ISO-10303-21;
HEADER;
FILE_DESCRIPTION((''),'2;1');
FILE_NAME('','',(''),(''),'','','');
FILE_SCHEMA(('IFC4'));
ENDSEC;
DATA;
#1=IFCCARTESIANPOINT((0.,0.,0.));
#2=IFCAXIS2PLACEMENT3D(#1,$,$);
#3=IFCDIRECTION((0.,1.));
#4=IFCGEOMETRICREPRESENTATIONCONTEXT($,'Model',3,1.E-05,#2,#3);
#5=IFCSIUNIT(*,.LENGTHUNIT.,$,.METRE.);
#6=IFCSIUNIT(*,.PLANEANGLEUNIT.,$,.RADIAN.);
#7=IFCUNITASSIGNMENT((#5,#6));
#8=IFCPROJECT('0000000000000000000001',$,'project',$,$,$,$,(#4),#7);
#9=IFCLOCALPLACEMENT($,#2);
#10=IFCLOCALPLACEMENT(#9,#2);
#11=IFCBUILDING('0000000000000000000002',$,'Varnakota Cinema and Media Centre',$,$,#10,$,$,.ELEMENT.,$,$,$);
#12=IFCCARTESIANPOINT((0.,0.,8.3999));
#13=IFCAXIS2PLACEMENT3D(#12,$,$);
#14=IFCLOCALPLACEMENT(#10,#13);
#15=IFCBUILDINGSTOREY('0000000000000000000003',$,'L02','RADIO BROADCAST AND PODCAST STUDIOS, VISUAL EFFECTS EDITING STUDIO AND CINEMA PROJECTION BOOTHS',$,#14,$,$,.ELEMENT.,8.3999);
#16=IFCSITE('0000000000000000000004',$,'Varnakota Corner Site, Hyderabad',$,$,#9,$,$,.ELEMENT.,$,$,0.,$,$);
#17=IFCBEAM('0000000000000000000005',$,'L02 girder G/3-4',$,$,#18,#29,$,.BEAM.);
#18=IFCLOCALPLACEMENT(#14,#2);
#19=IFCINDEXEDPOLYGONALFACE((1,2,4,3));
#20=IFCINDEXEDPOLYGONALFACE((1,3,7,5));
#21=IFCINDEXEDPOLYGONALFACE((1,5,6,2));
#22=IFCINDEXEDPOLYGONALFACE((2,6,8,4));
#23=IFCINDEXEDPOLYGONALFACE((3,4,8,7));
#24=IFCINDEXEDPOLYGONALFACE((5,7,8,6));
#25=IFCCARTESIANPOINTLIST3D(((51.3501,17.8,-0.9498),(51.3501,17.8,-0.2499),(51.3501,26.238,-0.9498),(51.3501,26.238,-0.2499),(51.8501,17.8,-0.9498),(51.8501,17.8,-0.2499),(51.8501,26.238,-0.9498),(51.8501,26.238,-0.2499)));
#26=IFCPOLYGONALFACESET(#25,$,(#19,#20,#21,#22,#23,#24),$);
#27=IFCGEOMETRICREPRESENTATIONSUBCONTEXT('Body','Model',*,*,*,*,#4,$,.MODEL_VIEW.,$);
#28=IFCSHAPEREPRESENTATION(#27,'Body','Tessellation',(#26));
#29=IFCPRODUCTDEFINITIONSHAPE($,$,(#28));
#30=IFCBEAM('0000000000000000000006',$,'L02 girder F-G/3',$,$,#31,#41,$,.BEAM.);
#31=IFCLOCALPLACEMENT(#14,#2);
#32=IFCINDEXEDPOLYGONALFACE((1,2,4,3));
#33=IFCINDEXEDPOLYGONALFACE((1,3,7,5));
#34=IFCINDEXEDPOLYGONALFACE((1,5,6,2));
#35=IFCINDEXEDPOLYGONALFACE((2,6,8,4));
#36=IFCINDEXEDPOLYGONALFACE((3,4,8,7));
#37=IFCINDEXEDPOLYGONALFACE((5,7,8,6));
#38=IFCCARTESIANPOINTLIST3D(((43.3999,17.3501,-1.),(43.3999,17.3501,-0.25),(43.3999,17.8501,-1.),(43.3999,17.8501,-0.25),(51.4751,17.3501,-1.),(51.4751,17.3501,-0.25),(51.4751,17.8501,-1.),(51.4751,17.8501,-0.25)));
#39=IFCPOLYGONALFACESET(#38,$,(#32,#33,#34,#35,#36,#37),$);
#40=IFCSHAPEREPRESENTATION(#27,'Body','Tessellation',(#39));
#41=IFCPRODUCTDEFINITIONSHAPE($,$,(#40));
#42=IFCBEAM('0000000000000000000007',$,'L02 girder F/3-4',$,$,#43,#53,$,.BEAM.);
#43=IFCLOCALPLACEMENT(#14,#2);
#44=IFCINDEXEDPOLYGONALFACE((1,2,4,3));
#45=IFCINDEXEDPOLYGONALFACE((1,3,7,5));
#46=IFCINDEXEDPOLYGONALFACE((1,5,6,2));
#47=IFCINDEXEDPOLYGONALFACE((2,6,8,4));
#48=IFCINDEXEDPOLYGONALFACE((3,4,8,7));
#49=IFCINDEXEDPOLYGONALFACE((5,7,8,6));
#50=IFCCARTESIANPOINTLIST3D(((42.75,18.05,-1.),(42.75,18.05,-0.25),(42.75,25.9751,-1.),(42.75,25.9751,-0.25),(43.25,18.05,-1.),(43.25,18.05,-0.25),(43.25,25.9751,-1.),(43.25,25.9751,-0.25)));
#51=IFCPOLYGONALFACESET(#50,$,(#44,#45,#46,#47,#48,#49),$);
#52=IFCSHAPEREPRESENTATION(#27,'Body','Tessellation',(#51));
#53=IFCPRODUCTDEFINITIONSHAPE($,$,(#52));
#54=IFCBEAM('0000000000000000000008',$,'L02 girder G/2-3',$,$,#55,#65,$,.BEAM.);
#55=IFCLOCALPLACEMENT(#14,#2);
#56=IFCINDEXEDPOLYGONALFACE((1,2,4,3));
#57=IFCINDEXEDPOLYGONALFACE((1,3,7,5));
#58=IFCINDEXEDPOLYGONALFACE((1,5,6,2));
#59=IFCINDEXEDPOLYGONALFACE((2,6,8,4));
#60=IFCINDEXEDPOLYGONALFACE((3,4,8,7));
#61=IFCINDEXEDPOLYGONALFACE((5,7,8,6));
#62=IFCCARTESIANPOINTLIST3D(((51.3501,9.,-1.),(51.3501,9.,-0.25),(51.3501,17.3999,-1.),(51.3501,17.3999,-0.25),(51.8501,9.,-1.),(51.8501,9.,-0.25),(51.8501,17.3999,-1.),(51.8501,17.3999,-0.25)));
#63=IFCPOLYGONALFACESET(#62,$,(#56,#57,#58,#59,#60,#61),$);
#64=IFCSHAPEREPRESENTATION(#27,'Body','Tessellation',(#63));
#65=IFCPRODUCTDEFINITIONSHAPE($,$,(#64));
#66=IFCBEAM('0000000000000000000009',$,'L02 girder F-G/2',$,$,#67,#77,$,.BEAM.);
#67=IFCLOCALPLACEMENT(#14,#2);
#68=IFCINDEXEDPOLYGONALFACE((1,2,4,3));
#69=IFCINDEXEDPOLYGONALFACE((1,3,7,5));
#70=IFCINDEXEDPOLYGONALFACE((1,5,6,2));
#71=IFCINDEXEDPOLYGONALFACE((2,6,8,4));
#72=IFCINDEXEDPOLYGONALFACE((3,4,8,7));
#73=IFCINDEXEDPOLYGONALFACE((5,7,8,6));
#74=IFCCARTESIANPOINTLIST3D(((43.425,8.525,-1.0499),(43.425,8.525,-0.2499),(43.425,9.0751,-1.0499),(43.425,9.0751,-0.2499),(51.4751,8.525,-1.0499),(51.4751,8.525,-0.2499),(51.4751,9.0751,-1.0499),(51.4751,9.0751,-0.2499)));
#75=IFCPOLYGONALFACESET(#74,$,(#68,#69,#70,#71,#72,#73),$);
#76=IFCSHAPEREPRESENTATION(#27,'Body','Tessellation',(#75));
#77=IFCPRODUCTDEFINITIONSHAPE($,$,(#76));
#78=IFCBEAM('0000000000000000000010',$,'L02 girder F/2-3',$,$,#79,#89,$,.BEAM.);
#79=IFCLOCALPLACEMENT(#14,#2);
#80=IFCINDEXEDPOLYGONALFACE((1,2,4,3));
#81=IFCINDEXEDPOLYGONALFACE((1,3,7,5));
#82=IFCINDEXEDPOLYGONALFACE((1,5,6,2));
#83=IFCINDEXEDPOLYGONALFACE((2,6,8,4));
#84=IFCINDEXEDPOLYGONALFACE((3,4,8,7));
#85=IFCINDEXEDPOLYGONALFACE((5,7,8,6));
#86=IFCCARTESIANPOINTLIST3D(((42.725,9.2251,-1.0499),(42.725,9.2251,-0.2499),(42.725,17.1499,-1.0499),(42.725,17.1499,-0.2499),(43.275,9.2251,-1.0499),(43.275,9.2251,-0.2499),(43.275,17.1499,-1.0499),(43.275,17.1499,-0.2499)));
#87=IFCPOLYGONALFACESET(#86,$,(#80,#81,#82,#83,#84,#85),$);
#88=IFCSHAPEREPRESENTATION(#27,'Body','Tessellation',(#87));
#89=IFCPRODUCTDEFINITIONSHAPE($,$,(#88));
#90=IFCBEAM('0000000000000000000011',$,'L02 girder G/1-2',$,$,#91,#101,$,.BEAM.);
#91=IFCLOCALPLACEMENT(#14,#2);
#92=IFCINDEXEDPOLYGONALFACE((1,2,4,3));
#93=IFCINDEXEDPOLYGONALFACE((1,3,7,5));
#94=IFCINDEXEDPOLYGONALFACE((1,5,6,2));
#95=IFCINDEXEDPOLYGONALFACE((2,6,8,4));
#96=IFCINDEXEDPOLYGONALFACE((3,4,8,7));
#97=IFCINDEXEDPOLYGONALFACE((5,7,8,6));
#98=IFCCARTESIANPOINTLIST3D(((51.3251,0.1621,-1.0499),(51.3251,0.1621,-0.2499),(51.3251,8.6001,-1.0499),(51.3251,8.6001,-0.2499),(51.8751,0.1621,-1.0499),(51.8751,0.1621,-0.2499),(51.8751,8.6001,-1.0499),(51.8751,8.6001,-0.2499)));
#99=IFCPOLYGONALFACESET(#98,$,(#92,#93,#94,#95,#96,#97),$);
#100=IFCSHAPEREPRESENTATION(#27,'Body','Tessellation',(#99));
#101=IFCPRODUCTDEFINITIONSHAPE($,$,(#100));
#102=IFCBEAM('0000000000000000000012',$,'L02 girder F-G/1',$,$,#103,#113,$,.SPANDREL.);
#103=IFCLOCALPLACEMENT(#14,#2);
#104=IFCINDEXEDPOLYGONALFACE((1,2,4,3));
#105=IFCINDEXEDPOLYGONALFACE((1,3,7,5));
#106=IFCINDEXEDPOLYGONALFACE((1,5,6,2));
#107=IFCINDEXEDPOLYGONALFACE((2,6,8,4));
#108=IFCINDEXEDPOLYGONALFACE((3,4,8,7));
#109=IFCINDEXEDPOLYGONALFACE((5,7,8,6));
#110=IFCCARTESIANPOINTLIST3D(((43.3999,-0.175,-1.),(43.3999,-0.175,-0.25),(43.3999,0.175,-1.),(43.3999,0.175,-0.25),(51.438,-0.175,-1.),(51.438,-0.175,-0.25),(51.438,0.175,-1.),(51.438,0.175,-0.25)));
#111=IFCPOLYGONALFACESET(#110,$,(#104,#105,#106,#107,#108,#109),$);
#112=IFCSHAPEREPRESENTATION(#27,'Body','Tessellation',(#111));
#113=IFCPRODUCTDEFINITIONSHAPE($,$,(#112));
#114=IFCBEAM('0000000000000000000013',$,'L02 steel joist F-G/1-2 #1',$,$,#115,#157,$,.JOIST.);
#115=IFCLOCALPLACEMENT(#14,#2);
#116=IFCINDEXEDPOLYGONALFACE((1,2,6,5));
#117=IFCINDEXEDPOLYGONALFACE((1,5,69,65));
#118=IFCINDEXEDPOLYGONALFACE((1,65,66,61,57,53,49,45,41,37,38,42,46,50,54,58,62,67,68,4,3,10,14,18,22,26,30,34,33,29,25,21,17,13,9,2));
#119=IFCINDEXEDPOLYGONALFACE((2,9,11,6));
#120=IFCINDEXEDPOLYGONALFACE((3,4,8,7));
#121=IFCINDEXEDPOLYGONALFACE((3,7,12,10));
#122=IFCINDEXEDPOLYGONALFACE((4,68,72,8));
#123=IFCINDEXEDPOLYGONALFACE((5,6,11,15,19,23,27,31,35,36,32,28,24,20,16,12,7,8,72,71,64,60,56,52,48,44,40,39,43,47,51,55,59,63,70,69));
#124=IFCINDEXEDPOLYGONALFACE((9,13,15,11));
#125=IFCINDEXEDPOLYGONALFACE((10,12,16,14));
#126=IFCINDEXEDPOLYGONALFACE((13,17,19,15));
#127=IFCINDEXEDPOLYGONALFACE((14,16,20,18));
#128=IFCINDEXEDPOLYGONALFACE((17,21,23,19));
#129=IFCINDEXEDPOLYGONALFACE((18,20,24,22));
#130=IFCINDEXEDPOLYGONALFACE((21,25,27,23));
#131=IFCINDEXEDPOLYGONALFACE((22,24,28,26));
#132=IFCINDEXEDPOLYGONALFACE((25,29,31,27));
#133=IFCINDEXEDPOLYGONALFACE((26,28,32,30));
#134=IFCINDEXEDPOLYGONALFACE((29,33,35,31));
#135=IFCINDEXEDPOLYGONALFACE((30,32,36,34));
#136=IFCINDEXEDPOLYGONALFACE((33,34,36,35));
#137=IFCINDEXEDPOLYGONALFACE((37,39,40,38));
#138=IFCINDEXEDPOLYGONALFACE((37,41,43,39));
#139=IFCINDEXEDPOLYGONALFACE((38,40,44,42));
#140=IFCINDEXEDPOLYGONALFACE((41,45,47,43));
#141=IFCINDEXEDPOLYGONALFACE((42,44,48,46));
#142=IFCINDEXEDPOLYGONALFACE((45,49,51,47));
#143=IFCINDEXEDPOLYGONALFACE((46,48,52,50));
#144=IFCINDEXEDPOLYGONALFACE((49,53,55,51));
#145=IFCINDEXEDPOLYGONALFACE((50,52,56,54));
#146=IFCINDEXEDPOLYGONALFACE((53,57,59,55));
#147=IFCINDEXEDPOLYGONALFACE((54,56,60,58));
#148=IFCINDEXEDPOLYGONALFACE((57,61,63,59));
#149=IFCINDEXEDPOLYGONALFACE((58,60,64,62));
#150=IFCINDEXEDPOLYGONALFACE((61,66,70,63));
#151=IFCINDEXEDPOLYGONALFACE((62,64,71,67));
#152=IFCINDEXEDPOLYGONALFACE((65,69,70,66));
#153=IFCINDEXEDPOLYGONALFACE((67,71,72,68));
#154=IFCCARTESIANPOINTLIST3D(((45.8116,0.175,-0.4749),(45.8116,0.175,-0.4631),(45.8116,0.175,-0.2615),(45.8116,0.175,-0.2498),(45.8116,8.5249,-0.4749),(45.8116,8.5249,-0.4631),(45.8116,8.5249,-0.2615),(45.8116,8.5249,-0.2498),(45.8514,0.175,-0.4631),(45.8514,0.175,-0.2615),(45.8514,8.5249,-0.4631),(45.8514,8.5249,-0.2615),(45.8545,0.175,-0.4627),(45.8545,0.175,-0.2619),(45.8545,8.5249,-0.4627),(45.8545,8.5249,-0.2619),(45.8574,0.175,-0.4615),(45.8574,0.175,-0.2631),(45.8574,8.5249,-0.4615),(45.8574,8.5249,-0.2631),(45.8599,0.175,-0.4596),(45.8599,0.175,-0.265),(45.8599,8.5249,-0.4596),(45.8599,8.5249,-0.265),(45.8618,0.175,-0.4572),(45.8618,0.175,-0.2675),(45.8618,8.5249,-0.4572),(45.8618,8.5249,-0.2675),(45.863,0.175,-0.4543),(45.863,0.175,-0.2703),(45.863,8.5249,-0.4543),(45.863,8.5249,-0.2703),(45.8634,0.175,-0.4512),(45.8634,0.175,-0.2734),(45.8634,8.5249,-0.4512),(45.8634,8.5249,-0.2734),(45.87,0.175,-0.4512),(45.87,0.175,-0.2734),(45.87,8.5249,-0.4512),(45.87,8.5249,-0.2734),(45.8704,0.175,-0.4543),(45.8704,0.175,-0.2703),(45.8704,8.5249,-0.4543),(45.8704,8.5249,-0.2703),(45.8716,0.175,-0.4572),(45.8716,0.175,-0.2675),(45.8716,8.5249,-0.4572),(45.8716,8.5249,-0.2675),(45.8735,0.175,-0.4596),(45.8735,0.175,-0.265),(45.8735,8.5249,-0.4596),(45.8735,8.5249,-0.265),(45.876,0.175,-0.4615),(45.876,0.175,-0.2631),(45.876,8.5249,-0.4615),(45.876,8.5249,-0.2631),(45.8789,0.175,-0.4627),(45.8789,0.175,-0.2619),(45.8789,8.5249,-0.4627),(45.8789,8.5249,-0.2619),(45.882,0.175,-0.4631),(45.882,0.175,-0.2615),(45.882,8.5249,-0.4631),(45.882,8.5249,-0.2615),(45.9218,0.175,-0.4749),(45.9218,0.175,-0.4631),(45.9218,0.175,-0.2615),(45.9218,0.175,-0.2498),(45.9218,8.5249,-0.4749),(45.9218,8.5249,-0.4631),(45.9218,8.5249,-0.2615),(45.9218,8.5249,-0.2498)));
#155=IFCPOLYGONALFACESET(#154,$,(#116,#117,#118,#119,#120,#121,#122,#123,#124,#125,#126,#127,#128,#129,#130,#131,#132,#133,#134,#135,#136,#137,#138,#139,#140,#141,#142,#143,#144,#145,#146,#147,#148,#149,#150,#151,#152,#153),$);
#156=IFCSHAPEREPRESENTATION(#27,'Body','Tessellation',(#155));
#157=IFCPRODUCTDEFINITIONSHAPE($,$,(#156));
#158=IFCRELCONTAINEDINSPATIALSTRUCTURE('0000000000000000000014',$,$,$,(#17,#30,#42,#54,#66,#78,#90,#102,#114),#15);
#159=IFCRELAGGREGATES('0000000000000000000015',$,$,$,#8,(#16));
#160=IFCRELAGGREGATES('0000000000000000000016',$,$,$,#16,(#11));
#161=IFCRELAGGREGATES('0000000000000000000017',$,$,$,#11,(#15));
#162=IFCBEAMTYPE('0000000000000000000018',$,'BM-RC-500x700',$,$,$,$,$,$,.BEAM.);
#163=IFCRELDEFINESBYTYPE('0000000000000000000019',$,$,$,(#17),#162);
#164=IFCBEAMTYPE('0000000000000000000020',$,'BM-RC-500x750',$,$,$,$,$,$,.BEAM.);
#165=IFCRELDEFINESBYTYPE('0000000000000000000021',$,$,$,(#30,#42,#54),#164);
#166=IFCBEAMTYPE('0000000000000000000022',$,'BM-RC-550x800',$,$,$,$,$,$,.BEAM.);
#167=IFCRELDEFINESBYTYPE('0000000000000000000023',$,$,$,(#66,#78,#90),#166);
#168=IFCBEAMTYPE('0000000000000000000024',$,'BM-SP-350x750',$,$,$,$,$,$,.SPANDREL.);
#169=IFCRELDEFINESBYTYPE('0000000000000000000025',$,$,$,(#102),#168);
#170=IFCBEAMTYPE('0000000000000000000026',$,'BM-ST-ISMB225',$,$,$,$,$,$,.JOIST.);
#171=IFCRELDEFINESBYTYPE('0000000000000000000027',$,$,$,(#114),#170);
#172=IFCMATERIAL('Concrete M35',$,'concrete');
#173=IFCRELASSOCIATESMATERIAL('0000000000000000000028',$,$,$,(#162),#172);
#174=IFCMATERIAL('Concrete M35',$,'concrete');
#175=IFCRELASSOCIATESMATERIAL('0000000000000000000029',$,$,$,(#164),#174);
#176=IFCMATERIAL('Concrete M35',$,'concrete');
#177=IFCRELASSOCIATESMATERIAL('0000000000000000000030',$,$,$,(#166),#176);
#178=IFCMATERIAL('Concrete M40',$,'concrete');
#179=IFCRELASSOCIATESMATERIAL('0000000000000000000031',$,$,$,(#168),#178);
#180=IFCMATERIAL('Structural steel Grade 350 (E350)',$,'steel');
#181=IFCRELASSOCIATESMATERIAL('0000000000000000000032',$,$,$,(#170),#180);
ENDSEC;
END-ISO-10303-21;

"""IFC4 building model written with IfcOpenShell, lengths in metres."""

from ifc_helpers import new_model, si_unit, direction, frame, origin, origin_2d, place, context, subcontext, project, spatial, rectangle, i_section, extrude, material, material_profile, profile_set, type_object, element, save


model = new_model("IFC4")

# Units and contexts
model_context = context("Model", 3, precision=1e-05, world=origin(), true_north=direction((0.0, 1.0)))
body_context = subcontext(model_context, "Body", "Model", "MODEL_VIEW")
ifc_project = project(units=[si_unit("LENGTHUNIT", "METRE"), si_unit("PLANEANGLEUNIT", "RADIAN")], contexts=[model_context])

# Site, building, storey
site_placement = place(None, origin())
site = spatial("IfcSite", under=ifc_project, at=site_placement, Name="Varnakota Corner Site, Hyderabad", CompositionType="ELEMENT", RefElevation=0.0)
building_placement = place(site_placement, origin())
building = spatial("IfcBuilding", under=site, at=building_placement, Name="Varnakota Cinema and Media Centre", CompositionType="ELEMENT")
storey_placement = place(building_placement, frame((0.0, 0.0, 8.3999)))
storey = spatial("IfcBuildingStorey", under=building, at=storey_placement, Name="L02", Description="RADIO BROADCAST AND PODCAST STUDIOS, VISUAL EFFECTS EDITING STUDIO AND CINEMA PROJECTION BOOTHS", CompositionType="ELEMENT", Elevation=8.3999)

# Beams
ifc_material_1 = material(Name="Concrete M35", Category="concrete")
ifc_material_profile_1 = material_profile(ifc_material_1, rectangle(XDim=0.5, YDim=0.7, at=origin_2d()), Name="RCB 500x700")
ifc_profile_set_1 = profile_set([ifc_material_profile_1], Name="Concrete M35")
beam_type_1 = type_object("IfcBeamType", Name="BM-RC-500x700", PredefinedType="BEAM", material=ifc_profile_set_1)
beam_1_placement = place(storey_placement, frame((51.6001, 17.8, -0.5999), z_axis=(0.0, 1.0, 0.0), x_axis=(-1.0, 0.0, 0.0)))
element("IfcBeam", 1, at=beam_1_placement, inside=storey, type_object=beam_type_1, Name="L02 girder G/3-4", PredefinedType="BEAM", context=body_context, shape_type="SweptSolid", body=[
    extrude(rectangle(XDim=0.5, YDim=0.7, at=origin_2d()), origin(), (0.0, 0.0, 1.0), 8.438),
])
ifc_material_2 = material(Name="Concrete M35", Category="concrete")
ifc_material_profile_2 = material_profile(ifc_material_2, rectangle(XDim=0.5, YDim=0.75, at=origin_2d()), Name="RCB 500x750")
ifc_profile_set_2 = profile_set([ifc_material_profile_2], Name="Concrete M35")
beam_type_2 = type_object("IfcBeamType", Name="BM-RC-500x750", PredefinedType="BEAM", material=ifc_profile_set_2)
beam_2_placement = place(storey_placement, frame((43.3999, 17.6001, -0.625), z_axis=(1.0, 0.0, 0.0), x_axis=(0.0, 1.0, 0.0)))
element("IfcBeam", 2, at=beam_2_placement, inside=storey, type_object=beam_type_2, Name="L02 girder F-G/3", PredefinedType="BEAM", context=body_context, shape_type="SweptSolid", body=[
    extrude(rectangle(XDim=0.5, YDim=0.75, at=origin_2d()), origin(), (0.0, 0.0, 1.0), 8.0752),
])
beam_3_placement = place(storey_placement, frame((43.0, 18.05, -0.625), z_axis=(0.0, 1.0, 0.0), x_axis=(-1.0, 0.0, 0.0)))
element("IfcBeam", 3, at=beam_3_placement, inside=storey, type_object=beam_type_2, Name="L02 girder F/3-4", PredefinedType="BEAM", context=body_context, shape_type="SweptSolid", body=[
    extrude(rectangle(XDim=0.5, YDim=0.75, at=origin_2d()), origin(), (0.0, 0.0, 1.0), 7.925),
])
beam_4_placement = place(storey_placement, frame((51.6001, 9.0, -0.625), z_axis=(0.0, 1.0, 0.0), x_axis=(-1.0, 0.0, 0.0)))
element("IfcBeam", 4, at=beam_4_placement, inside=storey, type_object=beam_type_2, Name="L02 girder G/2-3", PredefinedType="BEAM", context=body_context, shape_type="SweptSolid", body=[
    extrude(rectangle(XDim=0.5, YDim=0.75, at=origin_2d()), origin(), (0.0, 0.0, 1.0), 8.3999),
])
ifc_material_3 = material(Name="Concrete M35", Category="concrete")
ifc_material_profile_3 = material_profile(ifc_material_3, rectangle(XDim=0.55, YDim=0.8, at=origin_2d()), Name="RCB 550x800")
ifc_profile_set_3 = profile_set([ifc_material_profile_3], Name="Concrete M35")
beam_type_3 = type_object("IfcBeamType", Name="BM-RC-550x800", PredefinedType="BEAM", material=ifc_profile_set_3)
beam_5_placement = place(storey_placement, frame((43.425, 8.8, -0.6499), z_axis=(1.0, 0.0, 0.0), x_axis=(0.0, 1.0, 0.0)))
element("IfcBeam", 5, at=beam_5_placement, inside=storey, type_object=beam_type_3, Name="L02 girder F-G/2", PredefinedType="BEAM", context=body_context, shape_type="SweptSolid", body=[
    extrude(rectangle(XDim=0.55, YDim=0.8, at=origin_2d()), origin(), (0.0, 0.0, 1.0), 8.05),
])
beam_6_placement = place(storey_placement, frame((43.0, 9.2251, -0.6499), z_axis=(0.0, 1.0, 0.0), x_axis=(-1.0, 0.0, 0.0)))
element("IfcBeam", 6, at=beam_6_placement, inside=storey, type_object=beam_type_3, Name="L02 girder F/2-3", PredefinedType="BEAM", context=body_context, shape_type="SweptSolid", body=[
    extrude(rectangle(XDim=0.55, YDim=0.8, at=origin_2d()), origin(), (0.0, 0.0, 1.0), 7.9248),
])
beam_7_placement = place(storey_placement, frame((51.6001, 0.1621, -0.6499), z_axis=(0.0, 1.0, 0.0), x_axis=(-1.0, 0.0, 0.0)))
element("IfcBeam", 7, at=beam_7_placement, inside=storey, type_object=beam_type_3, Name="L02 girder G/1-2", PredefinedType="BEAM", context=body_context, shape_type="SweptSolid", body=[
    extrude(rectangle(XDim=0.55, YDim=0.8, at=origin_2d()), origin(), (0.0, 0.0, 1.0), 8.438),
])
ifc_material_4 = material(Name="Concrete M40", Category="concrete")
ifc_material_profile_4 = material_profile(ifc_material_4, rectangle(XDim=0.3501, YDim=0.75, at=origin_2d()), Name="RCB 350x750")
ifc_profile_set_4 = profile_set([ifc_material_profile_4], Name="Concrete M40")
beam_type_4 = type_object("IfcBeamType", Name="BM-SP-350x750", PredefinedType="SPANDREL", material=ifc_profile_set_4)
beam_8_placement = place(storey_placement, frame((43.3999, 0.0, -0.625), z_axis=(1.0, 0.0, 0.0), x_axis=(0.0, 1.0, 0.0)))
element("IfcBeam", 8, at=beam_8_placement, inside=storey, type_object=beam_type_4, Name="L02 girder F-G/1", PredefinedType="SPANDREL", context=body_context, shape_type="SweptSolid", body=[
    extrude(rectangle(XDim=0.3501, YDim=0.75, at=origin_2d()), origin(), (0.0, 0.0, 1.0), 8.0381),
])
ifc_material_5 = material(Name="Structural steel Grade 350 (E350)", Category="steel")
ifc_material_profile_5 = material_profile(ifc_material_5, i_section(OverallWidth=0.1101, OverallDepth=0.2251, WebThickness=0.0066, FlangeThickness=0.0117, FilletRadius=0.012, at=origin_2d()), Name="ISMB 225")
ifc_profile_set_5 = profile_set([ifc_material_profile_5], Name="Structural steel Grade 350 (E350)")
beam_type_5 = type_object("IfcBeamType", Name="BM-ST-ISMB225", PredefinedType="JOIST", material=ifc_profile_set_5)
for number, where, z_axis, x_axis, name in (
    (9, (45.8667, 0.175, -0.3623), (0.0, 1.0, 0.0), (-1.0, 0.0, 0.0), "L02 steel joist F-G/1-2 #1"),
):
    element("IfcBeam", number, at=place(storey_placement, frame(where, z_axis=z_axis, x_axis=x_axis)), inside=storey, type_object=beam_type_5, Name=name, PredefinedType="JOIST", context=body_context, shape_type="SweptSolid", body=[
        extrude(i_section(OverallWidth=0.1101, OverallDepth=0.2251, WebThickness=0.0066, FlangeThickness=0.0117, FilletRadius=0.012, at=origin_2d()), origin(), (0.0, 0.0, 1.0), 8.3499),
    ])

save(model, "model.ifc")
